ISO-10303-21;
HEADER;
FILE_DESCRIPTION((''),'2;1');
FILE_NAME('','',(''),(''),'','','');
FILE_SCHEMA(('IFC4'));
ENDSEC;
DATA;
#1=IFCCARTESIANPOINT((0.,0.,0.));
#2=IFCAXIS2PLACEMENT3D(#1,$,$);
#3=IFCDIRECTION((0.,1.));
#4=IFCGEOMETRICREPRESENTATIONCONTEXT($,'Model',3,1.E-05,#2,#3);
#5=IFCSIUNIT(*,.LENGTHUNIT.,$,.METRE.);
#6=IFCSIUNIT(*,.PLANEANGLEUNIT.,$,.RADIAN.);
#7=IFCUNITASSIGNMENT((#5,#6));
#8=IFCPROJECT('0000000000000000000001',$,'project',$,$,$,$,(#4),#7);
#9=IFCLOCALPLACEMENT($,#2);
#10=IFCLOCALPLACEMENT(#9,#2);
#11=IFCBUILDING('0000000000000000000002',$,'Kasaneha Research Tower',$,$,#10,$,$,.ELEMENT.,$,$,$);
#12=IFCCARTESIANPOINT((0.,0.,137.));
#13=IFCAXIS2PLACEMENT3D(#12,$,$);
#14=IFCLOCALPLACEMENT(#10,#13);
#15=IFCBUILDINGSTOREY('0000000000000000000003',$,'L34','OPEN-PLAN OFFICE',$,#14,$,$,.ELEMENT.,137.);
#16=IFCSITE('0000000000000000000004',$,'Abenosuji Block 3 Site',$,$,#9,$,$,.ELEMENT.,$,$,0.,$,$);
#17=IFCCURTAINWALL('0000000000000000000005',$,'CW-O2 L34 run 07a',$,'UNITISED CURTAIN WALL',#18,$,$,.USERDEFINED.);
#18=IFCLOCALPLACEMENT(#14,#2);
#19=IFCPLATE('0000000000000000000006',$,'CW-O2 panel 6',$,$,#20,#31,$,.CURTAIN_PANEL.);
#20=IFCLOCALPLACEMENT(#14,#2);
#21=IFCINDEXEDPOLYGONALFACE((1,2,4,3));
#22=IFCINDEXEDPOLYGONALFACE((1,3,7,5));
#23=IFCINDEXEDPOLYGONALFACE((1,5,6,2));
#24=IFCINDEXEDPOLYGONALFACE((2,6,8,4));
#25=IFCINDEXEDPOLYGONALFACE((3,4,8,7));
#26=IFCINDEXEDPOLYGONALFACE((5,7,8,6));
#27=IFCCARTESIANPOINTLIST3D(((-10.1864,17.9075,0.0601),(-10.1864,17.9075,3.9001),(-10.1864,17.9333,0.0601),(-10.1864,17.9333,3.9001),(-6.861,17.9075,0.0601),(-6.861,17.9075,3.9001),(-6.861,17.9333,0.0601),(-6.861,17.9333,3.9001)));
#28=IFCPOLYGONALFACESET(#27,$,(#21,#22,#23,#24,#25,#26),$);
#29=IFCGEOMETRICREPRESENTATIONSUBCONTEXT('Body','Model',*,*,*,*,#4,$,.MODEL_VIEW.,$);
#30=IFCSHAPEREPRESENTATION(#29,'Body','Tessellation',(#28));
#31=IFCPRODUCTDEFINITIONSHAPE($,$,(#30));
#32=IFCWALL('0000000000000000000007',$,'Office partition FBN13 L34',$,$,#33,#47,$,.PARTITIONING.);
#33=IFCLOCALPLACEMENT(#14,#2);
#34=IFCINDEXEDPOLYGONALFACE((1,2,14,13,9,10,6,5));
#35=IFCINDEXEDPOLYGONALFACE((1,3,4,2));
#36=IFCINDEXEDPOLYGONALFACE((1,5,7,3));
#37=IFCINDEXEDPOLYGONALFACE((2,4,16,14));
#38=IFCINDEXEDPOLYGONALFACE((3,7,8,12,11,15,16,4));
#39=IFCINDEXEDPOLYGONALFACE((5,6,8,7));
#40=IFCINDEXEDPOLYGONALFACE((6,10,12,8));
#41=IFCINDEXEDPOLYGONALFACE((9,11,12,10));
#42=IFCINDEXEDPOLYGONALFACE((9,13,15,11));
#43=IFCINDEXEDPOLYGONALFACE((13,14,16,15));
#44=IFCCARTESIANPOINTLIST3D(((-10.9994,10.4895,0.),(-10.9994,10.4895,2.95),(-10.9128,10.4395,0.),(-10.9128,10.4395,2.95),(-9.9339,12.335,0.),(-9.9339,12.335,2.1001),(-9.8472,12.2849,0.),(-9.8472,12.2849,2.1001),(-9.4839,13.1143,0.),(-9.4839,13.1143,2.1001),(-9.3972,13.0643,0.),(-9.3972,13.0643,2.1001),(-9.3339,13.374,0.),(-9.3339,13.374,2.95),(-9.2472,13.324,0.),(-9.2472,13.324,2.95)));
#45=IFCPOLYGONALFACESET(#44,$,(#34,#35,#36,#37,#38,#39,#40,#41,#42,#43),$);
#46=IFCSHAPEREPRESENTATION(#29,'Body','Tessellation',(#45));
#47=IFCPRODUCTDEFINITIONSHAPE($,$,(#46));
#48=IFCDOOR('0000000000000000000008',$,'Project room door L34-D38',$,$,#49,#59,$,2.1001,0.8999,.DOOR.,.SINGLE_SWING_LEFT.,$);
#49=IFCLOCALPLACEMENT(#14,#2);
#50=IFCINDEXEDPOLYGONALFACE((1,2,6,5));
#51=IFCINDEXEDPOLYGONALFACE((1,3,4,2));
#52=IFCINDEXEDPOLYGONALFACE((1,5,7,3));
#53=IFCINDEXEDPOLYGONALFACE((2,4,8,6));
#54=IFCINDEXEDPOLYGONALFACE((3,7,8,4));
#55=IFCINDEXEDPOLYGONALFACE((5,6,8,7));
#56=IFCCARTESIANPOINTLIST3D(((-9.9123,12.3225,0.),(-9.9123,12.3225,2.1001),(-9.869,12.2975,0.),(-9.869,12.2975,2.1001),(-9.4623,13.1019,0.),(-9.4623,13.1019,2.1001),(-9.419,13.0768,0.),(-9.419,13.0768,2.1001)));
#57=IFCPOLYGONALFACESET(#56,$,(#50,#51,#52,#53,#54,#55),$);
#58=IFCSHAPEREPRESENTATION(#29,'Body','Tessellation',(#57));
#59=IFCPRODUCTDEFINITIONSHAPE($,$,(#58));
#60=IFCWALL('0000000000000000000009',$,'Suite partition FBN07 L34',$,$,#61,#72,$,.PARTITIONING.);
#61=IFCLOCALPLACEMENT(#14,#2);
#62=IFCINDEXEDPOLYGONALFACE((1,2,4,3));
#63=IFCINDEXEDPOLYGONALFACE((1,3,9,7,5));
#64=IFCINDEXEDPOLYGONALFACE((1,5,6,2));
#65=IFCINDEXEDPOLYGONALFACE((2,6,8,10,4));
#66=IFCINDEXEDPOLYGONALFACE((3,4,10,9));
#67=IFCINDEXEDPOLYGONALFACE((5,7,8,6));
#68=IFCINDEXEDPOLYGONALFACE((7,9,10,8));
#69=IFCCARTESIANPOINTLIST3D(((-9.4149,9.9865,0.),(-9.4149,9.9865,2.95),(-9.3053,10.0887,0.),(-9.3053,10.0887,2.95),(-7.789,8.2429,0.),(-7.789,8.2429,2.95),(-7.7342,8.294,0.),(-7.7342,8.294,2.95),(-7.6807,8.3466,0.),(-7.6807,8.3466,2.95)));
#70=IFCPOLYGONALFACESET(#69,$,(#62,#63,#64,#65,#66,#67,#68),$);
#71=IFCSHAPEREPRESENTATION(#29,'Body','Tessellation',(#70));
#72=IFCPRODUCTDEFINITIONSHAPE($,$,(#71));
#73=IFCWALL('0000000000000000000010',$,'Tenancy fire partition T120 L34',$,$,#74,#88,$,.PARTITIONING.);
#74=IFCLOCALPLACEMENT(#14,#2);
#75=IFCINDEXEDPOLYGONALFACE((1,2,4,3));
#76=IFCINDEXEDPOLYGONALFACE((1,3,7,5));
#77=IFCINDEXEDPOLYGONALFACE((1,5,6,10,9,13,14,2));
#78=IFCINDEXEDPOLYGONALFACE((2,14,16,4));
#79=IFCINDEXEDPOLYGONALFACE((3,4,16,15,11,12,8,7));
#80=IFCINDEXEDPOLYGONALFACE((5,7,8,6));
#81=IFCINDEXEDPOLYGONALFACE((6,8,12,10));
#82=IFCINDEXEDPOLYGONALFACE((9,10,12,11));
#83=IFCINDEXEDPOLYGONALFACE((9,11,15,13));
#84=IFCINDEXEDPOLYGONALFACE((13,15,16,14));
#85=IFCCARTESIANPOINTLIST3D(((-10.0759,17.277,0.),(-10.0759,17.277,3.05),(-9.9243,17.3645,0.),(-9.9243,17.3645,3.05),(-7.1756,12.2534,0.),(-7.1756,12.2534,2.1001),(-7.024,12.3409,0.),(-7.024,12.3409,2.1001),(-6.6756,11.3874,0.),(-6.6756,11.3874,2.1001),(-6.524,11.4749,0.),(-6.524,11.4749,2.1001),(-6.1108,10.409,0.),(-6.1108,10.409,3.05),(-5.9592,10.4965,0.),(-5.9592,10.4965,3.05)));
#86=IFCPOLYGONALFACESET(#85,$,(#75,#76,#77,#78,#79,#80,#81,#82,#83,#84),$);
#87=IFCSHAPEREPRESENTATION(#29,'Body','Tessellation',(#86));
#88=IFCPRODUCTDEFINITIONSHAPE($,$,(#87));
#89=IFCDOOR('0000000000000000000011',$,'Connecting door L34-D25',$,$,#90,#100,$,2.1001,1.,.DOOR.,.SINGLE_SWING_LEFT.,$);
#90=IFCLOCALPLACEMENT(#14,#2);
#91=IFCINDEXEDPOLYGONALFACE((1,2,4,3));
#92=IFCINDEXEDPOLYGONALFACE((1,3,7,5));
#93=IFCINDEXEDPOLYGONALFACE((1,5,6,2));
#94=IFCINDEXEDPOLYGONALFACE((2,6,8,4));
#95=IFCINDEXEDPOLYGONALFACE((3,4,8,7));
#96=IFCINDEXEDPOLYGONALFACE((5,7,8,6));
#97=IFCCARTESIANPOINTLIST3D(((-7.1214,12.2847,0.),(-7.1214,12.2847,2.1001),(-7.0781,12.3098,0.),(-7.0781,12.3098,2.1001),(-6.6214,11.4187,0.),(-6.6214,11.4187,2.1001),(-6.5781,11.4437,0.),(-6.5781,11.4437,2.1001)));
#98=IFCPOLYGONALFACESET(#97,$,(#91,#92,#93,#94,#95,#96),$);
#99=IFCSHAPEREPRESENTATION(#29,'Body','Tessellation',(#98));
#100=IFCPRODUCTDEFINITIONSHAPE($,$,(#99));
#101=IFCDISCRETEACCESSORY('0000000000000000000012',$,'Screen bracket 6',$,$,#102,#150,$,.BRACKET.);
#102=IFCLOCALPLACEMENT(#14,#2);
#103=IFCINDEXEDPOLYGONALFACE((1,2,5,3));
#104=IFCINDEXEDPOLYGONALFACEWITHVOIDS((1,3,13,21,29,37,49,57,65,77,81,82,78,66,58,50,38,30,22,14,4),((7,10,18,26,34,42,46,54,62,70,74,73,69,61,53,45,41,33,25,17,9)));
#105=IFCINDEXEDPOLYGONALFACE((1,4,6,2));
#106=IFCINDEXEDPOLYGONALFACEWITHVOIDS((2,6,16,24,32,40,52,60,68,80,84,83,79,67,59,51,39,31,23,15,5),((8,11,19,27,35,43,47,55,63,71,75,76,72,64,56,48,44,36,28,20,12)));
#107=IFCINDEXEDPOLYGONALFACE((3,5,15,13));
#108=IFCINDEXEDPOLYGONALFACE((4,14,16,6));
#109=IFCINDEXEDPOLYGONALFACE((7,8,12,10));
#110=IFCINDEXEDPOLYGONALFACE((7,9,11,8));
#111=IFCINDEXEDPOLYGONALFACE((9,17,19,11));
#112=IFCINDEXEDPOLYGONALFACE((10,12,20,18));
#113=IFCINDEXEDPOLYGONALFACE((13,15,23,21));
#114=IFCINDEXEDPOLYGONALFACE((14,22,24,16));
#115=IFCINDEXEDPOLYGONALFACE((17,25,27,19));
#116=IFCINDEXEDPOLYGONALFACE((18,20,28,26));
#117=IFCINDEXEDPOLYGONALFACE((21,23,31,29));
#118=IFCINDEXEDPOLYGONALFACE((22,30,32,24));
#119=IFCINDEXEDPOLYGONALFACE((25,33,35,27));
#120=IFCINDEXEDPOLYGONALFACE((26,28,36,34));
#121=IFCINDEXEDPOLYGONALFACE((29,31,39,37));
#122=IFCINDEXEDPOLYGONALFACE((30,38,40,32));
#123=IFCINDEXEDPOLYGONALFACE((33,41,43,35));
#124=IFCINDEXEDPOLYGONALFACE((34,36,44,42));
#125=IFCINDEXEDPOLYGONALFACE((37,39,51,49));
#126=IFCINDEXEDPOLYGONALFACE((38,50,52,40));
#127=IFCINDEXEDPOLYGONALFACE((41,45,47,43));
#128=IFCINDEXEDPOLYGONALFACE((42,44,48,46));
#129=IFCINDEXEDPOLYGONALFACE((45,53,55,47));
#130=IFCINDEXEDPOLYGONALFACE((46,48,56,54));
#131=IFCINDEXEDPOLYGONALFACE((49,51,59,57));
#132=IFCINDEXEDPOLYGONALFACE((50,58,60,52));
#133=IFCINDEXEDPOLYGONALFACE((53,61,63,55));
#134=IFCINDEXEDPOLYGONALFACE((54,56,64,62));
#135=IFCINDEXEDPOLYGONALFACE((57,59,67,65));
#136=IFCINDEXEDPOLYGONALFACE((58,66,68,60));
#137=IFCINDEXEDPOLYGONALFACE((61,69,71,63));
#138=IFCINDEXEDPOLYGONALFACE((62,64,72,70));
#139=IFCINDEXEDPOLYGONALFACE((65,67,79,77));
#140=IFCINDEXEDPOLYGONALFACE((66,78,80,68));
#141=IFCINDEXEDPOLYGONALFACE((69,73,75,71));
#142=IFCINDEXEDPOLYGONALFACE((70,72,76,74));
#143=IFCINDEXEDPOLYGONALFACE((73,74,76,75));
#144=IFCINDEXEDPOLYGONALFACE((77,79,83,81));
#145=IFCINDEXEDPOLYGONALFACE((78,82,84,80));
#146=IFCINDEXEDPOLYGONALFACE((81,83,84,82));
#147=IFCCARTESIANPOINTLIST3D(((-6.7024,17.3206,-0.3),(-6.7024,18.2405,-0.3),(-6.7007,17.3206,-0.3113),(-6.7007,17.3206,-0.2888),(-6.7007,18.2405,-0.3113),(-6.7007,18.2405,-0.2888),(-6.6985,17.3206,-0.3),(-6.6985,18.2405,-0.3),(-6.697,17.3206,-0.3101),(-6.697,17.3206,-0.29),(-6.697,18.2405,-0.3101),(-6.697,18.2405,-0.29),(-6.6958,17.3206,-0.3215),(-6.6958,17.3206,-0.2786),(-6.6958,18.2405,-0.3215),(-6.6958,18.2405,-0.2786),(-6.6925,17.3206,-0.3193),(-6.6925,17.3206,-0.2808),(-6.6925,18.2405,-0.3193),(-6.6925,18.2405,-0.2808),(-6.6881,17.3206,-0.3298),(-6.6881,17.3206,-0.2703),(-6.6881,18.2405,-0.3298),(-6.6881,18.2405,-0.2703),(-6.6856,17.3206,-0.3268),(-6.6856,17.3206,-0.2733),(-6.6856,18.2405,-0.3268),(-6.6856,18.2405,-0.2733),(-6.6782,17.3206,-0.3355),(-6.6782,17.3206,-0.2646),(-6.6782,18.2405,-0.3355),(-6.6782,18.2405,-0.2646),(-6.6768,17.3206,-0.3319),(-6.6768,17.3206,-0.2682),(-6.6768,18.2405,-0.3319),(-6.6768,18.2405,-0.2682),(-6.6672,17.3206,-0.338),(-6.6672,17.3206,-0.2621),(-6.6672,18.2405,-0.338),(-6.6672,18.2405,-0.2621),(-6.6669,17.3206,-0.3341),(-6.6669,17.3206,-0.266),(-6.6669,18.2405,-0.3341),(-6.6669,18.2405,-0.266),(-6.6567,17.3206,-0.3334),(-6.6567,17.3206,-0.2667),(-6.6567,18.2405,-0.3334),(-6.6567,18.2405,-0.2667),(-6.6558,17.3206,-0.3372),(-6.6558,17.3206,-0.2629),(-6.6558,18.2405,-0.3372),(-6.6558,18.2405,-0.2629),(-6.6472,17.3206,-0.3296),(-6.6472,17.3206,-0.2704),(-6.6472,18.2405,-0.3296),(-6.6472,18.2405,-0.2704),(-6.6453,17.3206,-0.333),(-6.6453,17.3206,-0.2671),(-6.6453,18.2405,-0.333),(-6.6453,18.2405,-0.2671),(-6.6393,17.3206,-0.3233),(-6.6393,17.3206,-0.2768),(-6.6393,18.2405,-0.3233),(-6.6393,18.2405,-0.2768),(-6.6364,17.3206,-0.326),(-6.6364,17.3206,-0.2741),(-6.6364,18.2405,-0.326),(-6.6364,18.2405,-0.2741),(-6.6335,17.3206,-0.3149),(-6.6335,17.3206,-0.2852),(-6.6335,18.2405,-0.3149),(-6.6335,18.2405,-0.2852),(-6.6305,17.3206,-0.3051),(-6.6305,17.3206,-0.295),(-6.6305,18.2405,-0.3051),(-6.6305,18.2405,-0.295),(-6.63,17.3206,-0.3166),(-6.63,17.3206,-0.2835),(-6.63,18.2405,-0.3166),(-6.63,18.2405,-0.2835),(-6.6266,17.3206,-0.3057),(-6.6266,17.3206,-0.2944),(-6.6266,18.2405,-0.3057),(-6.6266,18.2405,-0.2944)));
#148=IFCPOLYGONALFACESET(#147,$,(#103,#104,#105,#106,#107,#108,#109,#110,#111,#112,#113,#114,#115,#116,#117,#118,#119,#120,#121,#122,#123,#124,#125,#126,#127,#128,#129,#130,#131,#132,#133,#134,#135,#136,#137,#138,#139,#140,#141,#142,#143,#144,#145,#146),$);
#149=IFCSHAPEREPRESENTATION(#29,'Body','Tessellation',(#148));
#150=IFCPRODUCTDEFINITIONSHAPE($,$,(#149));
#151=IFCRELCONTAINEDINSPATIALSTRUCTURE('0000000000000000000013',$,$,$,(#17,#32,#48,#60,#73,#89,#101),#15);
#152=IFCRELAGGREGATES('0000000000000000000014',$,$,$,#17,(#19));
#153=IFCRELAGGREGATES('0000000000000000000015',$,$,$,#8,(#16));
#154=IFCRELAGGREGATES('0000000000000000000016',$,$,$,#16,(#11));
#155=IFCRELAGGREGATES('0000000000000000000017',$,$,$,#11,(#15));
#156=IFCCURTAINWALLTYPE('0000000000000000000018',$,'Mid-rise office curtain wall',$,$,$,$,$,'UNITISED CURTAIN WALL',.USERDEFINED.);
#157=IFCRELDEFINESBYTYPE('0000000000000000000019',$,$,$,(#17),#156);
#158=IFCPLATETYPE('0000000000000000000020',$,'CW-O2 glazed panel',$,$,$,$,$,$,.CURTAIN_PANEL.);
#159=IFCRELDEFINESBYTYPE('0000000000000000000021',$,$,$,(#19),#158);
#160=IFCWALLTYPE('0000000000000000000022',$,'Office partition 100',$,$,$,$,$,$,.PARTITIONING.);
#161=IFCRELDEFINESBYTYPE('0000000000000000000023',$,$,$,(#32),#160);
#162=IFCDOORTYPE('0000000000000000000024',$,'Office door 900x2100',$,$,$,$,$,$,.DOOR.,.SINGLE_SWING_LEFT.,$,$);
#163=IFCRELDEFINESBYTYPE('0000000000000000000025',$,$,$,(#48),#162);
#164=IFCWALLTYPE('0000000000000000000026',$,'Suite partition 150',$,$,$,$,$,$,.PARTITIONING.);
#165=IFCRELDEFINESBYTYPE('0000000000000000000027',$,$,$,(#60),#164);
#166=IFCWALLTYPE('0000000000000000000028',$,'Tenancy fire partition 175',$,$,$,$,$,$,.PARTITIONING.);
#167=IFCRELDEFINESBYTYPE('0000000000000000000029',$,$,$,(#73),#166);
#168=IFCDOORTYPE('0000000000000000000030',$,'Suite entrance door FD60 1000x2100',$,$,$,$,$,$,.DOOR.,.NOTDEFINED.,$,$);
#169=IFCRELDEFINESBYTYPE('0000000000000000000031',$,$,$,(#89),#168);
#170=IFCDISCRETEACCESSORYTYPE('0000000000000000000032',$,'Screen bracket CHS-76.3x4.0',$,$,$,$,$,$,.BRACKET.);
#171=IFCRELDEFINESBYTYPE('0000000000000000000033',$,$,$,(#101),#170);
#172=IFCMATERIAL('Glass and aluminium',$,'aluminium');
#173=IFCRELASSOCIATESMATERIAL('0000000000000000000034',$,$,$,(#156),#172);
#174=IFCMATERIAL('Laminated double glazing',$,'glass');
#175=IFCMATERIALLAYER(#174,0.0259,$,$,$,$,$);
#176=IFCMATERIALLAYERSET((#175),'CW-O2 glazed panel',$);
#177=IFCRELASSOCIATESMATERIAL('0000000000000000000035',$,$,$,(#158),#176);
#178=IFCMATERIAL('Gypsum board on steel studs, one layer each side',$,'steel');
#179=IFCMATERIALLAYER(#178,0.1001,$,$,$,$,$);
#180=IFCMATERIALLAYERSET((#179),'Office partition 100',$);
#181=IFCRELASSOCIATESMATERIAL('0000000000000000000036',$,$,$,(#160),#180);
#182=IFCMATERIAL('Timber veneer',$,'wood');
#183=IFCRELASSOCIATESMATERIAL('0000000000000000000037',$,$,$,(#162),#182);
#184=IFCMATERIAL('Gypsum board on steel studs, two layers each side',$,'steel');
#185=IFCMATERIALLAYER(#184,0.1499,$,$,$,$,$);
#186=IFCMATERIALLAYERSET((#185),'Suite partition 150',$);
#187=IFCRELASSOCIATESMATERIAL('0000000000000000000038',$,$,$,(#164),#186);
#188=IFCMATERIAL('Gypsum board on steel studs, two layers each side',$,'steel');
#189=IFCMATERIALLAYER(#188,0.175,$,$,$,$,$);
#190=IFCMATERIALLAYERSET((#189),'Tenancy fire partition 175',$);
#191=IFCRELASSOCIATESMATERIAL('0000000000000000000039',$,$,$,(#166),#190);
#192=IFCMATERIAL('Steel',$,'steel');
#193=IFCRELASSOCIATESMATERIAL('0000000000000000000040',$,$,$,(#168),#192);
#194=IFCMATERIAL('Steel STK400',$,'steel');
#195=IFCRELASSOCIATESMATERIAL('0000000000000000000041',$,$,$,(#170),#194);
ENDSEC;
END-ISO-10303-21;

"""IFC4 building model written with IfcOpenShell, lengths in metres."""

from ifc_helpers import new_model, si_unit, direction, frame, frame_2d, origin, origin_2d, place, context, subcontext, project, spatial, polyline, rectangle, hollow_circle, outline, extrude, material, layer, layer_set, material_profile, profile_set, type_object, element, fill, aggregate, save


model = new_model("IFC4")

# Units and contexts
model_context = context("Model", 3, precision=1e-05, world=origin(), true_north=direction((0.0, 1.0)))
body_context = subcontext(model_context, "Body", "Model", "MODEL_VIEW")
ifc_project = project(units=[si_unit("LENGTHUNIT", "METRE"), si_unit("PLANEANGLEUNIT", "RADIAN")], contexts=[model_context])

# Site, building, storey
site_placement = place(None, origin())
site = spatial("IfcSite", under=ifc_project, at=site_placement, Name="Abenosuji Block 3 Site", CompositionType="ELEMENT", RefElevation=0.0)
building_placement = place(site_placement, origin())
building = spatial("IfcBuilding", under=site, at=building_placement, Name="Kasaneha Research Tower", CompositionType="ELEMENT")
storey_placement = place(building_placement, frame((0.0, 0.0, 137.0)))
storey = spatial("IfcBuildingStorey", under=building, at=storey_placement, Name="L34", Description="OPEN-PLAN OFFICE", CompositionType="ELEMENT", Elevation=137.0)

# Curtain wall
ifc_material_1 = material(Name="Glass and aluminium", Category="aluminium")
curtain_wall_type = type_object("IfcCurtainWallType", Name="Mid-rise office curtain wall", ElementType="UNITISED CURTAIN WALL", PredefinedType="USERDEFINED", material=ifc_material_1)
curtain_wall_placement = place(storey_placement, origin())
curtain_wall = element("IfcCurtainWall", 1, at=curtain_wall_placement, inside=storey, type_object=curtain_wall_type, Name="CW-O2 L34 run 07a", ObjectType="UNITISED CURTAIN WALL", PredefinedType="USERDEFINED")

# Plate
ifc_material_2 = material(Name="Laminated double glazing", Category="glass")
ifc_layer_1 = layer(ifc_material_2, 0.0259)
ifc_layer_set_1 = layer_set([ifc_layer_1], Name="CW-O2 glazed panel")
plate_type = type_object("IfcPlateType", Name="CW-O2 glazed panel", PredefinedType="CURTAIN_PANEL", material=ifc_layer_set_1)
plate_placement = place(storey_placement, frame((-8.5237, 17.9204, 0.0601), z_axis=(0.0, 0.0, 1.0), x_axis=(-1.0, 0.0, 0.0)))
plate = element("IfcPlate", 2, at=plate_placement, type_object=plate_type, Name="CW-O2 panel 6", PredefinedType="CURTAIN_PANEL", context=body_context, shape_type="SweptSolid", body=[
    extrude(rectangle(XDim=3.3254, YDim=0.0259, at=origin_2d()), origin(), (0.0, 0.0, 1.0), 3.8401),
])
aggregate(curtain_wall, [plate])

# Wall, opening, door
ifc_material_3 = material(Name="Gypsum board on steel studs, one layer each side", Category="steel")
ifc_layer_2 = layer(ifc_material_3, 0.1001)
ifc_layer_set_2 = layer_set([ifc_layer_2], Name="Office partition 100")
wall_type_1 = type_object("IfcWallType", Name="Office partition 100", PredefinedType="PARTITIONING", material=ifc_layer_set_2)
wall_1_placement = place(storey_placement, frame((-9.2905, 13.3491, 0.0), z_axis=(0.0, 0.0, 1.0), x_axis=(-0.500033, -0.866006, 0.0)))
wall_1 = element("IfcWall", 3, at=wall_1_placement, inside=storey, type_object=wall_type_1, Name="Office partition FBN13 L34", PredefinedType="PARTITIONING", context=body_context, shape_type="SweptSolid", body=[
    extrude(rectangle(XDim=3.3308, YDim=0.1001, at=frame_2d((1.6655, 0.0))), origin(), (0.0, 0.0, 1.0), 2.95),
])
opening_1_placement = place(wall_1_placement, frame((0.3, 0.0, 0.0)))
opening_1 = element("IfcOpeningElement", 4, at=opening_1_placement, cuts=wall_1, PredefinedType="OPENING", context=body_context, shape_type="SweptSolid", body=[
    extrude(rectangle(XDim=0.8999, YDim=2.1001, at=frame_2d((0.45, 1.05))), frame((0.0, 0.0601, 0.0), z_axis=(0.0, -1.0, 0.0), x_axis=(1.0, 0.0, 0.0)), (0.0, 0.0, 1.0), 0.1201),
])
ifc_material_4 = material(Name="Timber veneer", Category="wood")
door_type_1 = type_object("IfcDoorType", Name="Office door 900x2100", OperationType="SINGLE_SWING_LEFT", PredefinedType="DOOR", material=ifc_material_4)
door_1_placement = place(opening_1_placement, origin())
door_1 = element("IfcDoor", 5, at=door_1_placement, inside=storey, type_object=door_type_1, Name="Project room door L34-D38", OperationType="SINGLE_SWING_LEFT", OverallHeight=2.1001, OverallWidth=0.8999, PredefinedType="DOOR", context=body_context, shape_type="SweptSolid", body=[
    extrude(rectangle(XDim=0.8999, YDim=2.1001, at=frame_2d((0.45, 1.05))), frame((0.0, 0.0249, 0.0), z_axis=(0.0, -1.0, 0.0), x_axis=(1.0, 0.0, 0.0)), (0.0, 0.0, 1.0), 0.05),
])
fill(opening_1, door_1)

# Wall
ifc_material_5 = material(Name="Gypsum board on steel studs, two layers each side", Category="steel")
ifc_layer_3 = layer(ifc_material_5, 0.1499)
ifc_layer_set_3 = layer_set([ifc_layer_3], Name="Suite partition 150")
wall_type_2 = type_object("IfcWallType", Name="Suite partition 150", PredefinedType="PARTITIONING", material=ifc_layer_set_3)
wall_2_placement = place(storey_placement, frame((-9.3601, 10.0376, 0.0), z_axis=(0.0, 0.0, 1.0), x_axis=(0.681997, -0.731355, 0.0)))
element("IfcWall", 6, at=wall_2_placement, inside=storey, type_object=wall_type_2, Name="Suite partition FBN07 L34", PredefinedType="PARTITIONING", context=body_context, shape_type="SweptSolid", body=[
    extrude(outline(polyline([(0.0, -0.075), (2.384, -0.075), (2.384, 0.0), (2.3821, 0.075), (0.0, 0.075), (0.0, -0.075)])), origin(), (0.0, 0.0, 1.0), 2.95),
])

# Wall, opening, door
ifc_material_6 = material(Name="Gypsum board on steel studs, two layers each side", Category="steel")
ifc_layer_4 = layer(ifc_material_6, 0.175)
ifc_layer_set_4 = layer_set([ifc_layer_4], Name="Tenancy fire partition 175")
wall_type_3 = type_object("IfcWallType", Name="Tenancy fire partition 175", PredefinedType="PARTITIONING", material=ifc_layer_set_4)
wall_3_placement = place(storey_placement, frame((-6.0349, 10.4526, 0.0), z_axis=(0.0, 0.0, 1.0), x_axis=(-0.49999, 0.866031, 0.0)))
wall_3 = element("IfcWall", 7, at=wall_3_placement, inside=storey, type_object=wall_type_3, Name="Tenancy fire partition T120 L34", PredefinedType="PARTITIONING", context=body_context, shape_type="SweptSolid", body=[
    extrude(rectangle(XDim=7.9304, YDim=0.175, at=frame_2d((3.9653, 0.0))), origin(), (0.0, 0.0, 1.0), 3.05),
])
opening_2_placement = place(wall_3_placement, frame((1.1299, 0.0, 0.0)))
opening_2 = element("IfcOpeningElement", 8, at=opening_2_placement, cuts=wall_3, PredefinedType="OPENING", context=body_context, shape_type="SweptSolid", body=[
    extrude(rectangle(XDim=1.0, YDim=2.1001, at=frame_2d((0.5, 1.05))), frame((0.0, 0.0977, 0.0), z_axis=(0.0, -1.0, 0.0), x_axis=(1.0, 0.0, 0.0)), (0.0, 0.0, 1.0), 0.1951),
])
ifc_material_7 = material(Name="Steel", Category="steel")
door_type_2 = type_object("IfcDoorType", Name="Suite entrance door FD60 1000x2100", OperationType="NOTDEFINED", PredefinedType="DOOR", material=ifc_material_7)
door_2_placement = place(opening_2_placement, origin())
door_2 = element("IfcDoor", 9, at=door_2_placement, inside=storey, type_object=door_type_2, Name="Connecting door L34-D25", OperationType="SINGLE_SWING_LEFT", OverallHeight=2.1001, OverallWidth=1.0, PredefinedType="DOOR", context=body_context, shape_type="SweptSolid", body=[
    extrude(rectangle(XDim=1.0, YDim=2.1001, at=frame_2d((0.5, 1.05))), frame((0.0, 0.0249, 0.0), z_axis=(0.0, -1.0, 0.0), x_axis=(1.0, 0.0, 0.0)), (0.0, 0.0, 1.0), 0.05),
])
fill(opening_2, door_2)

# Discrete accessory
ifc_material_8 = material(Name="Steel STK400", Category="steel")
ifc_material_profile_1 = material_profile(ifc_material_8, hollow_circle(Radius=0.0381, WallThickness=0.0039, at=origin_2d()), Name="CHS-76.3x4.0")
ifc_profile_set_1 = profile_set([ifc_material_profile_1], Name="Steel STK400")
discrete_accessory_type = type_object("IfcDiscreteAccessoryType", Name="Screen bracket CHS-76.3x4.0", PredefinedType="BRACKET", material=ifc_profile_set_1)
for number, where, z_axis, x_axis, name in (
    (10, (-6.6643, 17.3206, -0.3), (0.0, 1.0, 0.0), (-1.0, 0.0, 0.0), "Screen bracket 6"),
):
    element("IfcDiscreteAccessory", number, at=place(storey_placement, frame(where, z_axis=z_axis, x_axis=x_axis)), inside=storey, type_object=discrete_accessory_type, Name=name, PredefinedType="BRACKET", context=body_context, shape_type="SweptSolid", body=[
        extrude(hollow_circle(Radius=0.0381, WallThickness=0.0039, at=origin_2d()), origin(), (0.0, 0.0, 1.0), 0.9199),
    ])

save(model, "model.ifc")
